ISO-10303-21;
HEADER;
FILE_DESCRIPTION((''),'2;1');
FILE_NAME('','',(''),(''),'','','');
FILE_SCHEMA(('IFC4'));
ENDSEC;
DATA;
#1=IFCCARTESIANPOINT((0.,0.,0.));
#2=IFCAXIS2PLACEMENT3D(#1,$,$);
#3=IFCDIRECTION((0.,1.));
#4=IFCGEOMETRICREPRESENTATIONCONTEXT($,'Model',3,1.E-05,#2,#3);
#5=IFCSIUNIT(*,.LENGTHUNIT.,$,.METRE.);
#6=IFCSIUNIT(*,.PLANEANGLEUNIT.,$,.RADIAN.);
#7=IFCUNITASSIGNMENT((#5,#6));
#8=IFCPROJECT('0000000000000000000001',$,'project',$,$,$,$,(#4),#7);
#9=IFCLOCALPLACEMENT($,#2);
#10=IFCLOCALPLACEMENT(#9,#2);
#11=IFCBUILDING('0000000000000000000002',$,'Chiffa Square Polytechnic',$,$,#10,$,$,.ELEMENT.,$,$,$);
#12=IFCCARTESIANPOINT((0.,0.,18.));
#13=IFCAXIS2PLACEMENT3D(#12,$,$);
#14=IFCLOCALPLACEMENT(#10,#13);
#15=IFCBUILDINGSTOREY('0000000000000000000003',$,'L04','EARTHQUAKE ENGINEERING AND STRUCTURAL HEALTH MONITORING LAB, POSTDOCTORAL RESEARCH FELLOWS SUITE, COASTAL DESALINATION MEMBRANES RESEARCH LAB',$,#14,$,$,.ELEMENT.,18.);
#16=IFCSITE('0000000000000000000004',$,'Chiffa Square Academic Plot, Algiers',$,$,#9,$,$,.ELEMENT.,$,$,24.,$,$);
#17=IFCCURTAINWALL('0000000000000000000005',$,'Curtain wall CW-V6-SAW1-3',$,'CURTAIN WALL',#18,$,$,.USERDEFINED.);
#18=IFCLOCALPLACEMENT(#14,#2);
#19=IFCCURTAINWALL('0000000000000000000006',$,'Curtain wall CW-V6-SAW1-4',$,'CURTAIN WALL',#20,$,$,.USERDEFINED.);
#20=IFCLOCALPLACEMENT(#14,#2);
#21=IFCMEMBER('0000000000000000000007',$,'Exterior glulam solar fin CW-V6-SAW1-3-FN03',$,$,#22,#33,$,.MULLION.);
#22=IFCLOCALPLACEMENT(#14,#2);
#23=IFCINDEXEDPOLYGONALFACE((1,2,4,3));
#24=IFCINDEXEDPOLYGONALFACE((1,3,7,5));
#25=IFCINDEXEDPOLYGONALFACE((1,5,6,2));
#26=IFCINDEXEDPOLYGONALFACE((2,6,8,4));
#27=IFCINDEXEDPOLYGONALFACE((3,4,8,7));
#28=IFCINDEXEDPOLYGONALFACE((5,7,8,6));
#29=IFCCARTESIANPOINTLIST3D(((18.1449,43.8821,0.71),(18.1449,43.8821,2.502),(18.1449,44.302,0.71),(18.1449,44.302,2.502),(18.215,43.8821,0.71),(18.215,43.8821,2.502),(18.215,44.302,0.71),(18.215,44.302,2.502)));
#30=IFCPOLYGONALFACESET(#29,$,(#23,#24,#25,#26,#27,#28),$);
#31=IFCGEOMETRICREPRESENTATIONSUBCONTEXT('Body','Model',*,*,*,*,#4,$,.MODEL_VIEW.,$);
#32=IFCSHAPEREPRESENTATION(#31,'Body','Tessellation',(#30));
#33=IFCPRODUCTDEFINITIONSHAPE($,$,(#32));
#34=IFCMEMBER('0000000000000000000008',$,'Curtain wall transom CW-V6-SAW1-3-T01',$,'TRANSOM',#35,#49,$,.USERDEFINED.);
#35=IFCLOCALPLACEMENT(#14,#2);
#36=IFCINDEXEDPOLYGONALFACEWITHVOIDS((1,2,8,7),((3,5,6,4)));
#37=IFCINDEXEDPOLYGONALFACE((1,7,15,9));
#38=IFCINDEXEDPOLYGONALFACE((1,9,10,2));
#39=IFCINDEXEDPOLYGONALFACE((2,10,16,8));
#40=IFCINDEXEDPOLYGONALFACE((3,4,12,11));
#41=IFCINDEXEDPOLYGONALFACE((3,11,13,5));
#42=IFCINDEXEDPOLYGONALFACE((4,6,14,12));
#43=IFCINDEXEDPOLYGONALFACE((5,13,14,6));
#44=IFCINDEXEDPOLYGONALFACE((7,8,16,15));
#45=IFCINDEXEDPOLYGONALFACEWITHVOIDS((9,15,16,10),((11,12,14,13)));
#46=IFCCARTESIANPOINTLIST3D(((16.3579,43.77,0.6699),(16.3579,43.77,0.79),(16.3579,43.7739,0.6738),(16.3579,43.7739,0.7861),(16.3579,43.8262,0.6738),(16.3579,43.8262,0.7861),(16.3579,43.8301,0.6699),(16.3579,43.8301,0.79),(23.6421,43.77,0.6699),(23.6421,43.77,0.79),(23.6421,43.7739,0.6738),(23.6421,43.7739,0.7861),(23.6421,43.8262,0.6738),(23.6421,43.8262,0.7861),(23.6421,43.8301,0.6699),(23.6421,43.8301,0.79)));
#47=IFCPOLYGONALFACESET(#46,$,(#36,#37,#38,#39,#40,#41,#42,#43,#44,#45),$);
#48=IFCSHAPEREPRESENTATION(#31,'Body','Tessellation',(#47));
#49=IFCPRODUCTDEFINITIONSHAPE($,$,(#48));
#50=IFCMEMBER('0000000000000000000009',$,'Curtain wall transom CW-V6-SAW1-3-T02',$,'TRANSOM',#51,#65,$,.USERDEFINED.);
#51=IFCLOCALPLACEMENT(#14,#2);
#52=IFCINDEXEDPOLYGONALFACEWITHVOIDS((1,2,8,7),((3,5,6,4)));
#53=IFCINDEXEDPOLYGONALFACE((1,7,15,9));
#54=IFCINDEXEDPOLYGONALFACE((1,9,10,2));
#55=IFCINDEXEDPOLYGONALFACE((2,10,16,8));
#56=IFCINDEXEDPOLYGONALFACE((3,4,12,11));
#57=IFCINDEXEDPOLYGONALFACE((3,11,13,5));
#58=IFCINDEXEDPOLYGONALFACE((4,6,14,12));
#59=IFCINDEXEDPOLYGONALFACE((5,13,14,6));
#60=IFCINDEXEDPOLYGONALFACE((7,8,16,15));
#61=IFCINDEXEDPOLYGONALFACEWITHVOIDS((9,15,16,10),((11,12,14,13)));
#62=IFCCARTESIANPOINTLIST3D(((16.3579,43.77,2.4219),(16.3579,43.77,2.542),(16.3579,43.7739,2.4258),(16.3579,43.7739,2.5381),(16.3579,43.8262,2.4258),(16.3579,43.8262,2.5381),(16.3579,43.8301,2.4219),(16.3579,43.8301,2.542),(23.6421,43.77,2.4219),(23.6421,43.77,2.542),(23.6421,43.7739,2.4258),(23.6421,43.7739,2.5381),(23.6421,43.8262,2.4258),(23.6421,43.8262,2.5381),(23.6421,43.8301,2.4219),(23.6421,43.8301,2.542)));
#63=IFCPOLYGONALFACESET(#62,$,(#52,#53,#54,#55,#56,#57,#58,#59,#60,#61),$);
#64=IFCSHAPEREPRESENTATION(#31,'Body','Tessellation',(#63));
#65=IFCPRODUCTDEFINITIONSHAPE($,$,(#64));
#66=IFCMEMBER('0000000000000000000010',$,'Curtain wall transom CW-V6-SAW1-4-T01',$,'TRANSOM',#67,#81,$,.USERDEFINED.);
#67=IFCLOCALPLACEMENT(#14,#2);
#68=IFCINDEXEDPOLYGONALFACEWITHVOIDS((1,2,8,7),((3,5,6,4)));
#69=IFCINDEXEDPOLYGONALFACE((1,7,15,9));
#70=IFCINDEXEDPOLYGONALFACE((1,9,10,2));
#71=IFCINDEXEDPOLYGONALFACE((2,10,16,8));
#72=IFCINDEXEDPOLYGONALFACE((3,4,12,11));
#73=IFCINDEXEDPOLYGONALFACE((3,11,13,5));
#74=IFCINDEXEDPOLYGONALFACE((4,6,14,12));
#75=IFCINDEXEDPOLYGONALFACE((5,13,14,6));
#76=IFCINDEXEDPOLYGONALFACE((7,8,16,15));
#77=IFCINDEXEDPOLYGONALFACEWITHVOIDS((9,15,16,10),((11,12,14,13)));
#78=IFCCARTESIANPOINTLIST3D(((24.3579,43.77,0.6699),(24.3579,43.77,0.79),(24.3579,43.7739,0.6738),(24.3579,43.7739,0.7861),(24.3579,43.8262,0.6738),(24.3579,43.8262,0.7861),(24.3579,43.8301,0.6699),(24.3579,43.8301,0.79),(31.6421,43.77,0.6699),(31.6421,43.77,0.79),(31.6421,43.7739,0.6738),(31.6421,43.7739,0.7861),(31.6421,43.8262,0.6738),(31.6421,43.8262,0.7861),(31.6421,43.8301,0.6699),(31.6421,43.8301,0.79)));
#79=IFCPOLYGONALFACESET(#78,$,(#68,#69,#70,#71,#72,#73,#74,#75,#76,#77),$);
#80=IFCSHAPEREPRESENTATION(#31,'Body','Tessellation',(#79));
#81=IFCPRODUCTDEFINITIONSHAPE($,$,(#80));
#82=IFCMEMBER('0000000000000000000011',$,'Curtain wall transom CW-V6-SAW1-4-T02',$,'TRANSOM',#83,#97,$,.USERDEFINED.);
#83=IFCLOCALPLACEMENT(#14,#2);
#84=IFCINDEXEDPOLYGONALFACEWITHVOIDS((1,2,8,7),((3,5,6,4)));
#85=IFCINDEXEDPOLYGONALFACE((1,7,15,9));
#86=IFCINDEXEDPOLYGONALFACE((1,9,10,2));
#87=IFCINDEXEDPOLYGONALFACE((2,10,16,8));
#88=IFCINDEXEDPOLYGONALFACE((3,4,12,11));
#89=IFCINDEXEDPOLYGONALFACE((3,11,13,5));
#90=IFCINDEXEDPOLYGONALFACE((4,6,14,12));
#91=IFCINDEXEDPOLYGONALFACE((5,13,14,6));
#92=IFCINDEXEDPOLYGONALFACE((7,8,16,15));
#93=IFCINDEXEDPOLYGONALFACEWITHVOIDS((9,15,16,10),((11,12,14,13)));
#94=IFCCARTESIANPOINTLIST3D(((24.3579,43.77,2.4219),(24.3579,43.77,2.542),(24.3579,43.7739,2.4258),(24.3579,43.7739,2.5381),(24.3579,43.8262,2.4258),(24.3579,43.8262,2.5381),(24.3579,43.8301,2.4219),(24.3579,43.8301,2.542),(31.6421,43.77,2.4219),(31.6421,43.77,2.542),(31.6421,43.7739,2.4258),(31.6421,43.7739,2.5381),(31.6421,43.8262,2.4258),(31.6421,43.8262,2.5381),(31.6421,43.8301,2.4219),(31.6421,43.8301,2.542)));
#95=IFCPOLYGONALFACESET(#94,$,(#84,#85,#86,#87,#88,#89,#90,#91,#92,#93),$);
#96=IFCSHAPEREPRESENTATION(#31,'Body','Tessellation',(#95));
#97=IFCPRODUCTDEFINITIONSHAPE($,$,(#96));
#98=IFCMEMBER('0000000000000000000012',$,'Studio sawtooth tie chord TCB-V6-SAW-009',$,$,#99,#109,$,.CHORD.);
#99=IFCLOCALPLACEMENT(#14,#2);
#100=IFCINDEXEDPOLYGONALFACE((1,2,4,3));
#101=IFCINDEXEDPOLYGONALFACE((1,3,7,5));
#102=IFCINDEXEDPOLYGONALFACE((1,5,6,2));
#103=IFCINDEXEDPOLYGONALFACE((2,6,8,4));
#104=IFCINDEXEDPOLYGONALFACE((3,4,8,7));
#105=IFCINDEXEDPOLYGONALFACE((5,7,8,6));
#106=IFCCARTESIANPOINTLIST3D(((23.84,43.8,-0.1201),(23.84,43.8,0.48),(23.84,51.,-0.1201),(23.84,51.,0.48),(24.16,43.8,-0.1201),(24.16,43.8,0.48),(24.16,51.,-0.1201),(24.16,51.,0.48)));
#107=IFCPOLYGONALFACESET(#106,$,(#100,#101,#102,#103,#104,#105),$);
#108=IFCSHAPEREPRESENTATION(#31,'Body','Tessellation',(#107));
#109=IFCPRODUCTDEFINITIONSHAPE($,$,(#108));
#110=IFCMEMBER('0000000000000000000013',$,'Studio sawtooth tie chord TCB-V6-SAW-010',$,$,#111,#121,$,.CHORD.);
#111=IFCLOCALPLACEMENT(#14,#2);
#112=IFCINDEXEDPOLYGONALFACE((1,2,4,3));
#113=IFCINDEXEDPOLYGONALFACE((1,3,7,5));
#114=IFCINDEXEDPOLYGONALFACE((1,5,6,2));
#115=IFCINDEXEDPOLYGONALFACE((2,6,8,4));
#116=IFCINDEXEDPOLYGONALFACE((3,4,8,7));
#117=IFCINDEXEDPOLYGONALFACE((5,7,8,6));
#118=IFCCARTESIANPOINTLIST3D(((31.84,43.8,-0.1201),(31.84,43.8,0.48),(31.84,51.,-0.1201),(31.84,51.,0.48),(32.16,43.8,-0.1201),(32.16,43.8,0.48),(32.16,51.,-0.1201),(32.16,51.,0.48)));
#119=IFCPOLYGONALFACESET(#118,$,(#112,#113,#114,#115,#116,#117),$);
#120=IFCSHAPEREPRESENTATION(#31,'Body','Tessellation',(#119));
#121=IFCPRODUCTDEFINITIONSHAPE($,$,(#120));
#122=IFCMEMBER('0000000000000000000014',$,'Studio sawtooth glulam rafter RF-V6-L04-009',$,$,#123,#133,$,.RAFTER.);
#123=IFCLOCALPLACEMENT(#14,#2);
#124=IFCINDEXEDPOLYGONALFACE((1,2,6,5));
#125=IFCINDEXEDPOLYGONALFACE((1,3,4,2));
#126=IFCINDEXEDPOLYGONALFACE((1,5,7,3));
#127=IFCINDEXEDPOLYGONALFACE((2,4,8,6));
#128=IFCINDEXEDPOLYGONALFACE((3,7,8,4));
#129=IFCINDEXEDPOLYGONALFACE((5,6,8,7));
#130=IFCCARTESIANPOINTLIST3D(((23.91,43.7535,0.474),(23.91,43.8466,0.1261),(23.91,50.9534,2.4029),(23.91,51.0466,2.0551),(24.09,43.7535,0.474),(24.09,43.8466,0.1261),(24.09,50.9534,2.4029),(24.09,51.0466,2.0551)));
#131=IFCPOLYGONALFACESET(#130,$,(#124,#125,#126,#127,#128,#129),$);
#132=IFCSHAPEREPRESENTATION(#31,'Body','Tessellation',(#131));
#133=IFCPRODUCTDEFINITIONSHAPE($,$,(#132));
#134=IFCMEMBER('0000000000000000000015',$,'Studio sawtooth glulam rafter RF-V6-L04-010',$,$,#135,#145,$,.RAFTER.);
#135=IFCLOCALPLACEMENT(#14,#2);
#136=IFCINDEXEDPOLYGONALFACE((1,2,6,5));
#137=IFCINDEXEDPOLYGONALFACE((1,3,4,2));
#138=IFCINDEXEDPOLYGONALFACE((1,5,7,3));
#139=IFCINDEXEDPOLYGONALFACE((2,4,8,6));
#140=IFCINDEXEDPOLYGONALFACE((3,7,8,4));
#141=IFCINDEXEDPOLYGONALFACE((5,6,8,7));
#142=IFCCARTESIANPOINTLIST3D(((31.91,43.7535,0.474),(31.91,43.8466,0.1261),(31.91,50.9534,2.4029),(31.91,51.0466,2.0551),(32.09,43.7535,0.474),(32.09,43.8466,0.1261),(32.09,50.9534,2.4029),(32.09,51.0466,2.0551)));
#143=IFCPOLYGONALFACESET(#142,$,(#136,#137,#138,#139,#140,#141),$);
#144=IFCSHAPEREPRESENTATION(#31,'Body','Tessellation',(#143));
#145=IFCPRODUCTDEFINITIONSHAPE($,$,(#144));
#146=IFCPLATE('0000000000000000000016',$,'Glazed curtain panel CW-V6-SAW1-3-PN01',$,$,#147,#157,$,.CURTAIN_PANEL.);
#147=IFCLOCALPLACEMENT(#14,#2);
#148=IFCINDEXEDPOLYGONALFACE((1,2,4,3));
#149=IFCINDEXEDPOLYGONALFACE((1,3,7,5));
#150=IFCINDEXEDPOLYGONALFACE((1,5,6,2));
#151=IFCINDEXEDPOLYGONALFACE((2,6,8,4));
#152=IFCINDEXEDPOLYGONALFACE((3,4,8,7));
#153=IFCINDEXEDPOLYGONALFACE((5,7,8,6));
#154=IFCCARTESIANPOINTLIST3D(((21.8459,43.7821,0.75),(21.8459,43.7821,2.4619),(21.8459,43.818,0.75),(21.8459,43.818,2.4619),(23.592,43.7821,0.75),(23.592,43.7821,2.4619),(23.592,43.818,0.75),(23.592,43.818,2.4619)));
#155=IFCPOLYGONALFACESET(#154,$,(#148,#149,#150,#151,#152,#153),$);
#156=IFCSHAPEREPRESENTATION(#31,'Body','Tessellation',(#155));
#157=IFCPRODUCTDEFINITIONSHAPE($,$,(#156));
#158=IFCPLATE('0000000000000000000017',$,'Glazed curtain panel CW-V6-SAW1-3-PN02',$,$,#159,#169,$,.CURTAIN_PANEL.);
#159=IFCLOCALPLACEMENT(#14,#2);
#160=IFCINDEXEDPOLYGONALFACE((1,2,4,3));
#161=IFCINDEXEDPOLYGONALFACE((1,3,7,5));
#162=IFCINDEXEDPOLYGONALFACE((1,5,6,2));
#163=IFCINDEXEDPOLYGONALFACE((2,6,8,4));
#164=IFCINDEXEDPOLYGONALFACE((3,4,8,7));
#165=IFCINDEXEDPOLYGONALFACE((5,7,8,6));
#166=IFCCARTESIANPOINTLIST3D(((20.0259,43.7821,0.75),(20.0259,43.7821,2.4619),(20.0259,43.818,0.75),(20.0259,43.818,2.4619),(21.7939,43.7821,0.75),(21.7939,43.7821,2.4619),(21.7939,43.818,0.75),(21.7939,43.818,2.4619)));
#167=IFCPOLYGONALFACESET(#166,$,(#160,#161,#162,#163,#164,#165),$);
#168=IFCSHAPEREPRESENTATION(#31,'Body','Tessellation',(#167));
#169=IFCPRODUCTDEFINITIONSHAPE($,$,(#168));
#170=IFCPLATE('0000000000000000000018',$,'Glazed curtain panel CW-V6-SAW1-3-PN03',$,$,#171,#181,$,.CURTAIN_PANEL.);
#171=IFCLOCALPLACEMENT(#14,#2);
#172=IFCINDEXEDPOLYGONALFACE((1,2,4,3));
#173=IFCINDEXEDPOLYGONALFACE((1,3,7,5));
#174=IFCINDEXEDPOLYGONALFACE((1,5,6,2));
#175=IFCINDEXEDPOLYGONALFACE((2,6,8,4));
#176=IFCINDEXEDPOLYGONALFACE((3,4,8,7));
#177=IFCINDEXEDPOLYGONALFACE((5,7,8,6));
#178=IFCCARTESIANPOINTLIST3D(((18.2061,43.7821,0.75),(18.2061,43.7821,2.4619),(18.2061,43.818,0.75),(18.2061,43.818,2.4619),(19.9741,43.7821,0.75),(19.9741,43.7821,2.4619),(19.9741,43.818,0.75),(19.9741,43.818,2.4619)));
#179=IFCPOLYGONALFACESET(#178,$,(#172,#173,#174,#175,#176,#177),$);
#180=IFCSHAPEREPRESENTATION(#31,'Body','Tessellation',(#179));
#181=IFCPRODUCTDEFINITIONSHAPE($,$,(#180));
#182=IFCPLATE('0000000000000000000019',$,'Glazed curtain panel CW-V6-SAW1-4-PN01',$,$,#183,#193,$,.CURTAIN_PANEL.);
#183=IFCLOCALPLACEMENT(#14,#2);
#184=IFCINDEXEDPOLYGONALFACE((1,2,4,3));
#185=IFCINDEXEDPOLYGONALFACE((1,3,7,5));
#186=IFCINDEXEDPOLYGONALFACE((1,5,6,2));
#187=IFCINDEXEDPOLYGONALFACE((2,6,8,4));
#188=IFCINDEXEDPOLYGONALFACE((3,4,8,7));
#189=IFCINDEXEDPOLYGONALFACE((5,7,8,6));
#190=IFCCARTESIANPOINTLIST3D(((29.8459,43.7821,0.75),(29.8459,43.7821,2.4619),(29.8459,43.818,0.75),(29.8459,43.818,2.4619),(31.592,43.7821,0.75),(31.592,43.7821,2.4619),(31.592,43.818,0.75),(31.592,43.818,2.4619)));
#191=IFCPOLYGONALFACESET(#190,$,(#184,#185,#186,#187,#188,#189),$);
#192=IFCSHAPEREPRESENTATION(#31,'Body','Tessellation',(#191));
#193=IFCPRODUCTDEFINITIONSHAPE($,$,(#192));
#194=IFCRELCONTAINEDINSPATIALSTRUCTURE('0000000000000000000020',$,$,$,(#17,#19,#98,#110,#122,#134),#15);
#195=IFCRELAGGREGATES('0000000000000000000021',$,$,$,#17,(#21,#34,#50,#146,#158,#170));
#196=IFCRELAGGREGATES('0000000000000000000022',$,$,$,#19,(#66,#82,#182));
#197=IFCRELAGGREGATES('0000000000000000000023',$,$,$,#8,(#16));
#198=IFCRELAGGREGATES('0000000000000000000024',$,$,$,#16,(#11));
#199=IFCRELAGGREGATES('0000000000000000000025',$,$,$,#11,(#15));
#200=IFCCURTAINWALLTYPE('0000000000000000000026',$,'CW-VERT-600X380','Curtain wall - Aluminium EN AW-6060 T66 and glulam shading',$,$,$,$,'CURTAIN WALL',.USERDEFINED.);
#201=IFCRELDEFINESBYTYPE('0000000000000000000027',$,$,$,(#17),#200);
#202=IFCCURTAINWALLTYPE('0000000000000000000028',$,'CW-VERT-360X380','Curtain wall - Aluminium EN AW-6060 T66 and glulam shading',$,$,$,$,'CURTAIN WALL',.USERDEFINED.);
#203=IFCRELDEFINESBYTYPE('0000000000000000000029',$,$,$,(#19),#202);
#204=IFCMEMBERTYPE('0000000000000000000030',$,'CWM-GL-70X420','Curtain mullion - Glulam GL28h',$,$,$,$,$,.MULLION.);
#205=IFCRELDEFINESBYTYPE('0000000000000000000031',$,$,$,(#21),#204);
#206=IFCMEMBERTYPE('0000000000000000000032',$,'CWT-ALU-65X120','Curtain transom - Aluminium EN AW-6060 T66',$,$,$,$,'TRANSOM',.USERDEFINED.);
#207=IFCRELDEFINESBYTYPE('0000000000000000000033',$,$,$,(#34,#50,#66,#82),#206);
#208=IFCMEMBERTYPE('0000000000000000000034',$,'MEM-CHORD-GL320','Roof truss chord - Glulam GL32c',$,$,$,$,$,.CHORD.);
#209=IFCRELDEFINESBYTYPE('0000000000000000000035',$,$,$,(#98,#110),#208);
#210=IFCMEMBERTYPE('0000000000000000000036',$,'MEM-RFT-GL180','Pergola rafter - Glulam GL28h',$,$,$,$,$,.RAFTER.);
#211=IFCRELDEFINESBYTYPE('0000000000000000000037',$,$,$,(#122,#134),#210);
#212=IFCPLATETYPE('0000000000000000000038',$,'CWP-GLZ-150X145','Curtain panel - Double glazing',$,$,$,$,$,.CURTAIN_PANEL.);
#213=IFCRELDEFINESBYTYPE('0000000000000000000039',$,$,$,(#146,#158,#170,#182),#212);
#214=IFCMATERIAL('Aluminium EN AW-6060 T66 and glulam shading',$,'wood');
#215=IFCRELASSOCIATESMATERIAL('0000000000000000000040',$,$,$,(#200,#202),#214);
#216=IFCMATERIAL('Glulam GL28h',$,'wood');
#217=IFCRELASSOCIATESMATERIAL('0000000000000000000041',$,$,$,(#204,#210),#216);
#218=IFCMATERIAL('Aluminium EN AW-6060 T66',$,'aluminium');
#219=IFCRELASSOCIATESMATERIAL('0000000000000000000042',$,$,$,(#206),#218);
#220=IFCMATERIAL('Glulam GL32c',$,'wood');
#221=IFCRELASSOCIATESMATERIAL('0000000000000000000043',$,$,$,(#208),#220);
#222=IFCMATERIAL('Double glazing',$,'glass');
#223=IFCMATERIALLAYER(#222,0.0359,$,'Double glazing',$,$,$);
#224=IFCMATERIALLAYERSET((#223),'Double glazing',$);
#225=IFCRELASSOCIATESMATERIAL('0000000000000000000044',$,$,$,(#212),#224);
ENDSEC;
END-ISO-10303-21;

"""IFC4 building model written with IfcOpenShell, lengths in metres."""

from ifc_helpers import new_model, si_unit, direction, frame, origin, origin_2d, place, context, subcontext, project, spatial, rectangle, hollow_rectangle, extrude, material, layer, layer_set, material_profile, profile_set, type_object, element, aggregate, save


model = new_model("IFC4")

# Units and contexts
model_context = context("Model", 3, precision=1e-05, world=origin(), true_north=direction((0.0, 1.0)))
body_context = subcontext(model_context, "Body", "Model", "MODEL_VIEW")
ifc_project = project(units=[si_unit("LENGTHUNIT", "METRE"), si_unit("PLANEANGLEUNIT", "RADIAN")], contexts=[model_context])

# Site, building, storey
site_placement = place(None, origin())
site = spatial("IfcSite", under=ifc_project, at=site_placement, Name="Chiffa Square Academic Plot, Algiers", CompositionType="ELEMENT", RefElevation=24.0)
building_placement = place(site_placement, origin())
building = spatial("IfcBuilding", under=site, at=building_placement, Name="Chiffa Square Polytechnic", CompositionType="ELEMENT")
storey_placement = place(building_placement, frame((0.0, 0.0, 18.0)))
storey = spatial("IfcBuildingStorey", under=building, at=storey_placement, Name="L04", Description="EARTHQUAKE ENGINEERING AND STRUCTURAL HEALTH MONITORING LAB, POSTDOCTORAL RESEARCH FELLOWS SUITE, COASTAL DESALINATION MEMBRANES RESEARCH LAB", CompositionType="ELEMENT", Elevation=18.0)

# Shared definitions
ifc_material_1 = material(Name="Glulam GL32c", Category="wood")

# Curtain walls
ifc_material_2 = material(Name="Aluminium EN AW-6060 T66 and glulam shading", Category="wood")
curtain_wall_type_1 = type_object("IfcCurtainWallType", Name="CW-VERT-600X380", Description="Curtain wall - Aluminium EN AW-6060 T66 and glulam shading", ElementType="CURTAIN WALL", PredefinedType="USERDEFINED", material=ifc_material_2)
curtain_wall_1_placement = place(storey_placement, origin())
curtain_wall_1 = element("IfcCurtainWall", 1, at=curtain_wall_1_placement, inside=storey, type_object=curtain_wall_type_1, Name="Curtain wall CW-V6-SAW1-3", ObjectType="CURTAIN WALL", PredefinedType="USERDEFINED")
ifc_material_3 = material(Name="Aluminium EN AW-6060 T66", Category="aluminium")
curtain_wall_type_2 = type_object("IfcCurtainWallType", Name="CW-VERT-360X380", Description="Curtain wall - Aluminium EN AW-6060 T66 and glulam shading", ElementType="CURTAIN WALL", PredefinedType="USERDEFINED", material=ifc_material_2)
curtain_wall_2_placement = place(storey_placement, origin())
curtain_wall_2 = element("IfcCurtainWall", 2, at=curtain_wall_2_placement, inside=storey, type_object=curtain_wall_type_2, Name="Curtain wall CW-V6-SAW1-4", ObjectType="CURTAIN WALL", PredefinedType="USERDEFINED")

# Members
ifc_material_4 = material(Name="Glulam GL28h", Category="wood")
ifc_material_profile_1 = material_profile(ifc_material_4, rectangle(XDim=0.0701, YDim=0.4199, at=origin_2d()), Name="GL28h 70x420")
ifc_profile_set_1 = profile_set([ifc_material_profile_1], Name="Glulam GL28h")
member_type_1 = type_object("IfcMemberType", Name="CWM-GL-70X420", Description="Curtain mullion - Glulam GL28h", PredefinedType="MULLION", material=ifc_profile_set_1)
member_1_placement = place(storey_placement, frame((18.1799, 44.092, 0.71), z_axis=(0.0, 0.0, 1.0), x_axis=(-1.0, 0.0, 0.0)))
member_1 = element("IfcMember", 3, at=member_1_placement, type_object=member_type_1, Name="Exterior glulam solar fin CW-V6-SAW1-3-FN03", PredefinedType="MULLION", context=body_context, shape_type="SweptSolid", body=[
    extrude(rectangle(XDim=0.0701, YDim=0.4199, at=origin_2d()), origin(), (0.0, 0.0, 1.0), 1.792),
])
ifc_material_profile_2 = material_profile(ifc_material_3, hollow_rectangle(XDim=0.0601, YDim=0.1201, WallThickness=0.0039, at=origin_2d()), Name="ALU 60x120x4")
ifc_profile_set_2 = profile_set([ifc_material_profile_2], Name="Aluminium EN AW-6060 T66")
member_type_2 = type_object("IfcMemberType", Name="CWT-ALU-65X120", Description="Curtain transom - Aluminium EN AW-6060 T66", ElementType="TRANSOM", PredefinedType="USERDEFINED", material=ifc_profile_set_2)
member_2_placement = place(storey_placement, frame((23.6421, 43.8, 0.73), z_axis=(-1.0, 0.0, 0.0), x_axis=(0.0, -1.0, 0.0)))
member_2 = element("IfcMember", 4, at=member_2_placement, type_object=member_type_2, Name="Curtain wall transom CW-V6-SAW1-3-T01", ObjectType="TRANSOM", PredefinedType="USERDEFINED", context=body_context, shape_type="SweptSolid", body=[
    extrude(hollow_rectangle(XDim=0.0601, YDim=0.1201, WallThickness=0.0039, at=origin_2d()), origin(), (0.0, 0.0, 1.0), 7.2842),
])
member_3_placement = place(storey_placement, frame((23.6421, 43.8, 2.4819), z_axis=(-1.0, 0.0, 0.0), x_axis=(0.0, -1.0, 0.0)))
member_3 = element("IfcMember", 5, at=member_3_placement, type_object=member_type_2, Name="Curtain wall transom CW-V6-SAW1-3-T02", ObjectType="TRANSOM", PredefinedType="USERDEFINED", context=body_context, shape_type="SweptSolid", body=[
    extrude(hollow_rectangle(XDim=0.0601, YDim=0.1201, WallThickness=0.0039, at=origin_2d()), origin(), (0.0, 0.0, 1.0), 7.2842),
])
member_4_placement = place(storey_placement, frame((31.6421, 43.8, 0.73), z_axis=(-1.0, 0.0, 0.0), x_axis=(0.0, -1.0, 0.0)))
member_4 = element("IfcMember", 6, at=member_4_placement, type_object=member_type_2, Name="Curtain wall transom CW-V6-SAW1-4-T01", ObjectType="TRANSOM", PredefinedType="USERDEFINED", context=body_context, shape_type="SweptSolid", body=[
    extrude(hollow_rectangle(XDim=0.0601, YDim=0.1201, WallThickness=0.0039, at=origin_2d()), origin(), (0.0, 0.0, 1.0), 7.2842),
])
member_5_placement = place(storey_placement, frame((31.6421, 43.8, 2.4819), z_axis=(-1.0, 0.0, 0.0), x_axis=(0.0, -1.0, 0.0)))
member_5 = element("IfcMember", 7, at=member_5_placement, type_object=member_type_2, Name="Curtain wall transom CW-V6-SAW1-4-T02", ObjectType="TRANSOM", PredefinedType="USERDEFINED", context=body_context, shape_type="SweptSolid", body=[
    extrude(hollow_rectangle(XDim=0.0601, YDim=0.1201, WallThickness=0.0039, at=origin_2d()), origin(), (0.0, 0.0, 1.0), 7.2842),
])

# Members
ifc_material_profile_3 = material_profile(ifc_material_1, rectangle(XDim=0.3201, YDim=0.6001, at=origin_2d()), Name="GL32c 320x600")
ifc_profile_set_3 = profile_set([ifc_material_profile_3], Name="Glulam GL32c")
member_type_3 = type_object("IfcMemberType", Name="MEM-CHORD-GL320", Description="Roof truss chord - Glulam GL32c", PredefinedType="CHORD", material=ifc_profile_set_3)
for number, where, z_axis, x_axis, name in (
    (8, (24.0, 43.8, 0.1799), (0.0, 1.0, 0.0), (-1.0, 0.0, 0.0), "Studio sawtooth tie chord TCB-V6-SAW-009"),
    (9, (32.0, 43.8, 0.1799), (0.0, 1.0, 0.0), (-1.0, 0.0, 0.0), "Studio sawtooth tie chord TCB-V6-SAW-010"),
):
    element("IfcMember", number, at=place(storey_placement, frame(where, z_axis=z_axis, x_axis=x_axis)), inside=storey, type_object=member_type_3, Name=name, PredefinedType="CHORD", context=body_context, shape_type="SweptSolid", body=[
        extrude(rectangle(XDim=0.3201, YDim=0.6001, at=origin_2d()), origin(), (0.0, 0.0, 1.0), 7.2),
    ])
ifc_material_profile_4 = material_profile(ifc_material_4, rectangle(XDim=0.1799, YDim=0.3601, at=origin_2d()), Name="GL28h 180x360")
ifc_profile_set_4 = profile_set([ifc_material_profile_4], Name="Glulam GL28h")
member_type_4 = type_object("IfcMemberType", Name="MEM-RFT-GL180", Description="Pergola rafter - Glulam GL28h", PredefinedType="RAFTER", material=ifc_profile_set_4)
for number, where, z_axis, x_axis, name in (
    (10, (24.0, 43.8, 0.3), (0.0, 0.965935, 0.258786), (-1.0, 0.0, 0.0), "Studio sawtooth glulam rafter RF-V6-L04-009"),
    (11, (32.0, 43.8, 0.3), (0.0, 0.965935, 0.258786), (-1.0, 0.0, 0.0), "Studio sawtooth glulam rafter RF-V6-L04-010"),
):
    element("IfcMember", number, at=place(storey_placement, frame(where, z_axis=z_axis, x_axis=x_axis)), inside=storey, type_object=member_type_4, Name=name, PredefinedType="RAFTER", context=body_context, shape_type="SweptSolid", body=[
        extrude(rectangle(XDim=0.1799, YDim=0.3601, at=origin_2d()), origin(), (0.0, 0.0, 1.0), 7.4539),
    ])

# Plates
ifc_material_5 = material(Name="Double glazing", Category="glass")
ifc_layer_1 = layer(ifc_material_5, 0.0359, Name="Double glazing")
ifc_layer_set_1 = layer_set([ifc_layer_1], Name="Double glazing")
plate_type = type_object("IfcPlateType", Name="CWP-GLZ-150X145", Description="Curtain panel - Double glazing", PredefinedType="CURTAIN_PANEL", material=ifc_layer_set_1)
plate_1_placement = place(storey_placement, frame((22.719, 43.8, 0.75), z_axis=(0.0, 0.0, 1.0), x_axis=(-1.0, 0.0, 0.0)))
plate_1 = element("IfcPlate", 12, at=plate_1_placement, type_object=plate_type, Name="Glazed curtain panel CW-V6-SAW1-3-PN01", PredefinedType="CURTAIN_PANEL", context=body_context, shape_type="SweptSolid", body=[
    extrude(rectangle(XDim=1.7461, YDim=0.0359, at=origin_2d()), origin(), (0.0, 0.0, 1.0), 1.7119),
])
plate_2_placement = place(storey_placement, frame((20.9099, 43.8, 0.75), z_axis=(0.0, 0.0, 1.0), x_axis=(-1.0, 0.0, 0.0)))
plate_2 = element("IfcPlate", 13, at=plate_2_placement, type_object=plate_type, Name="Glazed curtain panel CW-V6-SAW1-3-PN02", PredefinedType="CURTAIN_PANEL", context=body_context, shape_type="SweptSolid", body=[
    extrude(rectangle(XDim=1.7681, YDim=0.0359, at=origin_2d()), origin(), (0.0, 0.0, 1.0), 1.7119),
])
plate_3_placement = place(storey_placement, frame((19.0901, 43.8, 0.75), z_axis=(0.0, 0.0, 1.0), x_axis=(-1.0, 0.0, 0.0)))
plate_3 = element("IfcPlate", 14, at=plate_3_placement, type_object=plate_type, Name="Glazed curtain panel CW-V6-SAW1-3-PN03", PredefinedType="CURTAIN_PANEL", context=body_context, shape_type="SweptSolid", body=[
    extrude(rectangle(XDim=1.7681, YDim=0.0359, at=origin_2d()), origin(), (0.0, 0.0, 1.0), 1.7119),
])
aggregate(curtain_wall_1, [member_1, member_2, member_3, plate_1, plate_2, plate_3])
plate_4_placement = place(storey_placement, frame((30.719, 43.8, 0.75), z_axis=(0.0, 0.0, 1.0), x_axis=(-1.0, 0.0, 0.0)))
plate_4 = element("IfcPlate", 15, at=plate_4_placement, type_object=plate_type, Name="Glazed curtain panel CW-V6-SAW1-4-PN01", PredefinedType="CURTAIN_PANEL", context=body_context, shape_type="SweptSolid", body=[
    extrude(rectangle(XDim=1.7461, YDim=0.0359, at=origin_2d()), origin(), (0.0, 0.0, 1.0), 1.7119),
])
aggregate(curtain_wall_2, [member_4, member_5, plate_4])

save(model, "model.ifc")
